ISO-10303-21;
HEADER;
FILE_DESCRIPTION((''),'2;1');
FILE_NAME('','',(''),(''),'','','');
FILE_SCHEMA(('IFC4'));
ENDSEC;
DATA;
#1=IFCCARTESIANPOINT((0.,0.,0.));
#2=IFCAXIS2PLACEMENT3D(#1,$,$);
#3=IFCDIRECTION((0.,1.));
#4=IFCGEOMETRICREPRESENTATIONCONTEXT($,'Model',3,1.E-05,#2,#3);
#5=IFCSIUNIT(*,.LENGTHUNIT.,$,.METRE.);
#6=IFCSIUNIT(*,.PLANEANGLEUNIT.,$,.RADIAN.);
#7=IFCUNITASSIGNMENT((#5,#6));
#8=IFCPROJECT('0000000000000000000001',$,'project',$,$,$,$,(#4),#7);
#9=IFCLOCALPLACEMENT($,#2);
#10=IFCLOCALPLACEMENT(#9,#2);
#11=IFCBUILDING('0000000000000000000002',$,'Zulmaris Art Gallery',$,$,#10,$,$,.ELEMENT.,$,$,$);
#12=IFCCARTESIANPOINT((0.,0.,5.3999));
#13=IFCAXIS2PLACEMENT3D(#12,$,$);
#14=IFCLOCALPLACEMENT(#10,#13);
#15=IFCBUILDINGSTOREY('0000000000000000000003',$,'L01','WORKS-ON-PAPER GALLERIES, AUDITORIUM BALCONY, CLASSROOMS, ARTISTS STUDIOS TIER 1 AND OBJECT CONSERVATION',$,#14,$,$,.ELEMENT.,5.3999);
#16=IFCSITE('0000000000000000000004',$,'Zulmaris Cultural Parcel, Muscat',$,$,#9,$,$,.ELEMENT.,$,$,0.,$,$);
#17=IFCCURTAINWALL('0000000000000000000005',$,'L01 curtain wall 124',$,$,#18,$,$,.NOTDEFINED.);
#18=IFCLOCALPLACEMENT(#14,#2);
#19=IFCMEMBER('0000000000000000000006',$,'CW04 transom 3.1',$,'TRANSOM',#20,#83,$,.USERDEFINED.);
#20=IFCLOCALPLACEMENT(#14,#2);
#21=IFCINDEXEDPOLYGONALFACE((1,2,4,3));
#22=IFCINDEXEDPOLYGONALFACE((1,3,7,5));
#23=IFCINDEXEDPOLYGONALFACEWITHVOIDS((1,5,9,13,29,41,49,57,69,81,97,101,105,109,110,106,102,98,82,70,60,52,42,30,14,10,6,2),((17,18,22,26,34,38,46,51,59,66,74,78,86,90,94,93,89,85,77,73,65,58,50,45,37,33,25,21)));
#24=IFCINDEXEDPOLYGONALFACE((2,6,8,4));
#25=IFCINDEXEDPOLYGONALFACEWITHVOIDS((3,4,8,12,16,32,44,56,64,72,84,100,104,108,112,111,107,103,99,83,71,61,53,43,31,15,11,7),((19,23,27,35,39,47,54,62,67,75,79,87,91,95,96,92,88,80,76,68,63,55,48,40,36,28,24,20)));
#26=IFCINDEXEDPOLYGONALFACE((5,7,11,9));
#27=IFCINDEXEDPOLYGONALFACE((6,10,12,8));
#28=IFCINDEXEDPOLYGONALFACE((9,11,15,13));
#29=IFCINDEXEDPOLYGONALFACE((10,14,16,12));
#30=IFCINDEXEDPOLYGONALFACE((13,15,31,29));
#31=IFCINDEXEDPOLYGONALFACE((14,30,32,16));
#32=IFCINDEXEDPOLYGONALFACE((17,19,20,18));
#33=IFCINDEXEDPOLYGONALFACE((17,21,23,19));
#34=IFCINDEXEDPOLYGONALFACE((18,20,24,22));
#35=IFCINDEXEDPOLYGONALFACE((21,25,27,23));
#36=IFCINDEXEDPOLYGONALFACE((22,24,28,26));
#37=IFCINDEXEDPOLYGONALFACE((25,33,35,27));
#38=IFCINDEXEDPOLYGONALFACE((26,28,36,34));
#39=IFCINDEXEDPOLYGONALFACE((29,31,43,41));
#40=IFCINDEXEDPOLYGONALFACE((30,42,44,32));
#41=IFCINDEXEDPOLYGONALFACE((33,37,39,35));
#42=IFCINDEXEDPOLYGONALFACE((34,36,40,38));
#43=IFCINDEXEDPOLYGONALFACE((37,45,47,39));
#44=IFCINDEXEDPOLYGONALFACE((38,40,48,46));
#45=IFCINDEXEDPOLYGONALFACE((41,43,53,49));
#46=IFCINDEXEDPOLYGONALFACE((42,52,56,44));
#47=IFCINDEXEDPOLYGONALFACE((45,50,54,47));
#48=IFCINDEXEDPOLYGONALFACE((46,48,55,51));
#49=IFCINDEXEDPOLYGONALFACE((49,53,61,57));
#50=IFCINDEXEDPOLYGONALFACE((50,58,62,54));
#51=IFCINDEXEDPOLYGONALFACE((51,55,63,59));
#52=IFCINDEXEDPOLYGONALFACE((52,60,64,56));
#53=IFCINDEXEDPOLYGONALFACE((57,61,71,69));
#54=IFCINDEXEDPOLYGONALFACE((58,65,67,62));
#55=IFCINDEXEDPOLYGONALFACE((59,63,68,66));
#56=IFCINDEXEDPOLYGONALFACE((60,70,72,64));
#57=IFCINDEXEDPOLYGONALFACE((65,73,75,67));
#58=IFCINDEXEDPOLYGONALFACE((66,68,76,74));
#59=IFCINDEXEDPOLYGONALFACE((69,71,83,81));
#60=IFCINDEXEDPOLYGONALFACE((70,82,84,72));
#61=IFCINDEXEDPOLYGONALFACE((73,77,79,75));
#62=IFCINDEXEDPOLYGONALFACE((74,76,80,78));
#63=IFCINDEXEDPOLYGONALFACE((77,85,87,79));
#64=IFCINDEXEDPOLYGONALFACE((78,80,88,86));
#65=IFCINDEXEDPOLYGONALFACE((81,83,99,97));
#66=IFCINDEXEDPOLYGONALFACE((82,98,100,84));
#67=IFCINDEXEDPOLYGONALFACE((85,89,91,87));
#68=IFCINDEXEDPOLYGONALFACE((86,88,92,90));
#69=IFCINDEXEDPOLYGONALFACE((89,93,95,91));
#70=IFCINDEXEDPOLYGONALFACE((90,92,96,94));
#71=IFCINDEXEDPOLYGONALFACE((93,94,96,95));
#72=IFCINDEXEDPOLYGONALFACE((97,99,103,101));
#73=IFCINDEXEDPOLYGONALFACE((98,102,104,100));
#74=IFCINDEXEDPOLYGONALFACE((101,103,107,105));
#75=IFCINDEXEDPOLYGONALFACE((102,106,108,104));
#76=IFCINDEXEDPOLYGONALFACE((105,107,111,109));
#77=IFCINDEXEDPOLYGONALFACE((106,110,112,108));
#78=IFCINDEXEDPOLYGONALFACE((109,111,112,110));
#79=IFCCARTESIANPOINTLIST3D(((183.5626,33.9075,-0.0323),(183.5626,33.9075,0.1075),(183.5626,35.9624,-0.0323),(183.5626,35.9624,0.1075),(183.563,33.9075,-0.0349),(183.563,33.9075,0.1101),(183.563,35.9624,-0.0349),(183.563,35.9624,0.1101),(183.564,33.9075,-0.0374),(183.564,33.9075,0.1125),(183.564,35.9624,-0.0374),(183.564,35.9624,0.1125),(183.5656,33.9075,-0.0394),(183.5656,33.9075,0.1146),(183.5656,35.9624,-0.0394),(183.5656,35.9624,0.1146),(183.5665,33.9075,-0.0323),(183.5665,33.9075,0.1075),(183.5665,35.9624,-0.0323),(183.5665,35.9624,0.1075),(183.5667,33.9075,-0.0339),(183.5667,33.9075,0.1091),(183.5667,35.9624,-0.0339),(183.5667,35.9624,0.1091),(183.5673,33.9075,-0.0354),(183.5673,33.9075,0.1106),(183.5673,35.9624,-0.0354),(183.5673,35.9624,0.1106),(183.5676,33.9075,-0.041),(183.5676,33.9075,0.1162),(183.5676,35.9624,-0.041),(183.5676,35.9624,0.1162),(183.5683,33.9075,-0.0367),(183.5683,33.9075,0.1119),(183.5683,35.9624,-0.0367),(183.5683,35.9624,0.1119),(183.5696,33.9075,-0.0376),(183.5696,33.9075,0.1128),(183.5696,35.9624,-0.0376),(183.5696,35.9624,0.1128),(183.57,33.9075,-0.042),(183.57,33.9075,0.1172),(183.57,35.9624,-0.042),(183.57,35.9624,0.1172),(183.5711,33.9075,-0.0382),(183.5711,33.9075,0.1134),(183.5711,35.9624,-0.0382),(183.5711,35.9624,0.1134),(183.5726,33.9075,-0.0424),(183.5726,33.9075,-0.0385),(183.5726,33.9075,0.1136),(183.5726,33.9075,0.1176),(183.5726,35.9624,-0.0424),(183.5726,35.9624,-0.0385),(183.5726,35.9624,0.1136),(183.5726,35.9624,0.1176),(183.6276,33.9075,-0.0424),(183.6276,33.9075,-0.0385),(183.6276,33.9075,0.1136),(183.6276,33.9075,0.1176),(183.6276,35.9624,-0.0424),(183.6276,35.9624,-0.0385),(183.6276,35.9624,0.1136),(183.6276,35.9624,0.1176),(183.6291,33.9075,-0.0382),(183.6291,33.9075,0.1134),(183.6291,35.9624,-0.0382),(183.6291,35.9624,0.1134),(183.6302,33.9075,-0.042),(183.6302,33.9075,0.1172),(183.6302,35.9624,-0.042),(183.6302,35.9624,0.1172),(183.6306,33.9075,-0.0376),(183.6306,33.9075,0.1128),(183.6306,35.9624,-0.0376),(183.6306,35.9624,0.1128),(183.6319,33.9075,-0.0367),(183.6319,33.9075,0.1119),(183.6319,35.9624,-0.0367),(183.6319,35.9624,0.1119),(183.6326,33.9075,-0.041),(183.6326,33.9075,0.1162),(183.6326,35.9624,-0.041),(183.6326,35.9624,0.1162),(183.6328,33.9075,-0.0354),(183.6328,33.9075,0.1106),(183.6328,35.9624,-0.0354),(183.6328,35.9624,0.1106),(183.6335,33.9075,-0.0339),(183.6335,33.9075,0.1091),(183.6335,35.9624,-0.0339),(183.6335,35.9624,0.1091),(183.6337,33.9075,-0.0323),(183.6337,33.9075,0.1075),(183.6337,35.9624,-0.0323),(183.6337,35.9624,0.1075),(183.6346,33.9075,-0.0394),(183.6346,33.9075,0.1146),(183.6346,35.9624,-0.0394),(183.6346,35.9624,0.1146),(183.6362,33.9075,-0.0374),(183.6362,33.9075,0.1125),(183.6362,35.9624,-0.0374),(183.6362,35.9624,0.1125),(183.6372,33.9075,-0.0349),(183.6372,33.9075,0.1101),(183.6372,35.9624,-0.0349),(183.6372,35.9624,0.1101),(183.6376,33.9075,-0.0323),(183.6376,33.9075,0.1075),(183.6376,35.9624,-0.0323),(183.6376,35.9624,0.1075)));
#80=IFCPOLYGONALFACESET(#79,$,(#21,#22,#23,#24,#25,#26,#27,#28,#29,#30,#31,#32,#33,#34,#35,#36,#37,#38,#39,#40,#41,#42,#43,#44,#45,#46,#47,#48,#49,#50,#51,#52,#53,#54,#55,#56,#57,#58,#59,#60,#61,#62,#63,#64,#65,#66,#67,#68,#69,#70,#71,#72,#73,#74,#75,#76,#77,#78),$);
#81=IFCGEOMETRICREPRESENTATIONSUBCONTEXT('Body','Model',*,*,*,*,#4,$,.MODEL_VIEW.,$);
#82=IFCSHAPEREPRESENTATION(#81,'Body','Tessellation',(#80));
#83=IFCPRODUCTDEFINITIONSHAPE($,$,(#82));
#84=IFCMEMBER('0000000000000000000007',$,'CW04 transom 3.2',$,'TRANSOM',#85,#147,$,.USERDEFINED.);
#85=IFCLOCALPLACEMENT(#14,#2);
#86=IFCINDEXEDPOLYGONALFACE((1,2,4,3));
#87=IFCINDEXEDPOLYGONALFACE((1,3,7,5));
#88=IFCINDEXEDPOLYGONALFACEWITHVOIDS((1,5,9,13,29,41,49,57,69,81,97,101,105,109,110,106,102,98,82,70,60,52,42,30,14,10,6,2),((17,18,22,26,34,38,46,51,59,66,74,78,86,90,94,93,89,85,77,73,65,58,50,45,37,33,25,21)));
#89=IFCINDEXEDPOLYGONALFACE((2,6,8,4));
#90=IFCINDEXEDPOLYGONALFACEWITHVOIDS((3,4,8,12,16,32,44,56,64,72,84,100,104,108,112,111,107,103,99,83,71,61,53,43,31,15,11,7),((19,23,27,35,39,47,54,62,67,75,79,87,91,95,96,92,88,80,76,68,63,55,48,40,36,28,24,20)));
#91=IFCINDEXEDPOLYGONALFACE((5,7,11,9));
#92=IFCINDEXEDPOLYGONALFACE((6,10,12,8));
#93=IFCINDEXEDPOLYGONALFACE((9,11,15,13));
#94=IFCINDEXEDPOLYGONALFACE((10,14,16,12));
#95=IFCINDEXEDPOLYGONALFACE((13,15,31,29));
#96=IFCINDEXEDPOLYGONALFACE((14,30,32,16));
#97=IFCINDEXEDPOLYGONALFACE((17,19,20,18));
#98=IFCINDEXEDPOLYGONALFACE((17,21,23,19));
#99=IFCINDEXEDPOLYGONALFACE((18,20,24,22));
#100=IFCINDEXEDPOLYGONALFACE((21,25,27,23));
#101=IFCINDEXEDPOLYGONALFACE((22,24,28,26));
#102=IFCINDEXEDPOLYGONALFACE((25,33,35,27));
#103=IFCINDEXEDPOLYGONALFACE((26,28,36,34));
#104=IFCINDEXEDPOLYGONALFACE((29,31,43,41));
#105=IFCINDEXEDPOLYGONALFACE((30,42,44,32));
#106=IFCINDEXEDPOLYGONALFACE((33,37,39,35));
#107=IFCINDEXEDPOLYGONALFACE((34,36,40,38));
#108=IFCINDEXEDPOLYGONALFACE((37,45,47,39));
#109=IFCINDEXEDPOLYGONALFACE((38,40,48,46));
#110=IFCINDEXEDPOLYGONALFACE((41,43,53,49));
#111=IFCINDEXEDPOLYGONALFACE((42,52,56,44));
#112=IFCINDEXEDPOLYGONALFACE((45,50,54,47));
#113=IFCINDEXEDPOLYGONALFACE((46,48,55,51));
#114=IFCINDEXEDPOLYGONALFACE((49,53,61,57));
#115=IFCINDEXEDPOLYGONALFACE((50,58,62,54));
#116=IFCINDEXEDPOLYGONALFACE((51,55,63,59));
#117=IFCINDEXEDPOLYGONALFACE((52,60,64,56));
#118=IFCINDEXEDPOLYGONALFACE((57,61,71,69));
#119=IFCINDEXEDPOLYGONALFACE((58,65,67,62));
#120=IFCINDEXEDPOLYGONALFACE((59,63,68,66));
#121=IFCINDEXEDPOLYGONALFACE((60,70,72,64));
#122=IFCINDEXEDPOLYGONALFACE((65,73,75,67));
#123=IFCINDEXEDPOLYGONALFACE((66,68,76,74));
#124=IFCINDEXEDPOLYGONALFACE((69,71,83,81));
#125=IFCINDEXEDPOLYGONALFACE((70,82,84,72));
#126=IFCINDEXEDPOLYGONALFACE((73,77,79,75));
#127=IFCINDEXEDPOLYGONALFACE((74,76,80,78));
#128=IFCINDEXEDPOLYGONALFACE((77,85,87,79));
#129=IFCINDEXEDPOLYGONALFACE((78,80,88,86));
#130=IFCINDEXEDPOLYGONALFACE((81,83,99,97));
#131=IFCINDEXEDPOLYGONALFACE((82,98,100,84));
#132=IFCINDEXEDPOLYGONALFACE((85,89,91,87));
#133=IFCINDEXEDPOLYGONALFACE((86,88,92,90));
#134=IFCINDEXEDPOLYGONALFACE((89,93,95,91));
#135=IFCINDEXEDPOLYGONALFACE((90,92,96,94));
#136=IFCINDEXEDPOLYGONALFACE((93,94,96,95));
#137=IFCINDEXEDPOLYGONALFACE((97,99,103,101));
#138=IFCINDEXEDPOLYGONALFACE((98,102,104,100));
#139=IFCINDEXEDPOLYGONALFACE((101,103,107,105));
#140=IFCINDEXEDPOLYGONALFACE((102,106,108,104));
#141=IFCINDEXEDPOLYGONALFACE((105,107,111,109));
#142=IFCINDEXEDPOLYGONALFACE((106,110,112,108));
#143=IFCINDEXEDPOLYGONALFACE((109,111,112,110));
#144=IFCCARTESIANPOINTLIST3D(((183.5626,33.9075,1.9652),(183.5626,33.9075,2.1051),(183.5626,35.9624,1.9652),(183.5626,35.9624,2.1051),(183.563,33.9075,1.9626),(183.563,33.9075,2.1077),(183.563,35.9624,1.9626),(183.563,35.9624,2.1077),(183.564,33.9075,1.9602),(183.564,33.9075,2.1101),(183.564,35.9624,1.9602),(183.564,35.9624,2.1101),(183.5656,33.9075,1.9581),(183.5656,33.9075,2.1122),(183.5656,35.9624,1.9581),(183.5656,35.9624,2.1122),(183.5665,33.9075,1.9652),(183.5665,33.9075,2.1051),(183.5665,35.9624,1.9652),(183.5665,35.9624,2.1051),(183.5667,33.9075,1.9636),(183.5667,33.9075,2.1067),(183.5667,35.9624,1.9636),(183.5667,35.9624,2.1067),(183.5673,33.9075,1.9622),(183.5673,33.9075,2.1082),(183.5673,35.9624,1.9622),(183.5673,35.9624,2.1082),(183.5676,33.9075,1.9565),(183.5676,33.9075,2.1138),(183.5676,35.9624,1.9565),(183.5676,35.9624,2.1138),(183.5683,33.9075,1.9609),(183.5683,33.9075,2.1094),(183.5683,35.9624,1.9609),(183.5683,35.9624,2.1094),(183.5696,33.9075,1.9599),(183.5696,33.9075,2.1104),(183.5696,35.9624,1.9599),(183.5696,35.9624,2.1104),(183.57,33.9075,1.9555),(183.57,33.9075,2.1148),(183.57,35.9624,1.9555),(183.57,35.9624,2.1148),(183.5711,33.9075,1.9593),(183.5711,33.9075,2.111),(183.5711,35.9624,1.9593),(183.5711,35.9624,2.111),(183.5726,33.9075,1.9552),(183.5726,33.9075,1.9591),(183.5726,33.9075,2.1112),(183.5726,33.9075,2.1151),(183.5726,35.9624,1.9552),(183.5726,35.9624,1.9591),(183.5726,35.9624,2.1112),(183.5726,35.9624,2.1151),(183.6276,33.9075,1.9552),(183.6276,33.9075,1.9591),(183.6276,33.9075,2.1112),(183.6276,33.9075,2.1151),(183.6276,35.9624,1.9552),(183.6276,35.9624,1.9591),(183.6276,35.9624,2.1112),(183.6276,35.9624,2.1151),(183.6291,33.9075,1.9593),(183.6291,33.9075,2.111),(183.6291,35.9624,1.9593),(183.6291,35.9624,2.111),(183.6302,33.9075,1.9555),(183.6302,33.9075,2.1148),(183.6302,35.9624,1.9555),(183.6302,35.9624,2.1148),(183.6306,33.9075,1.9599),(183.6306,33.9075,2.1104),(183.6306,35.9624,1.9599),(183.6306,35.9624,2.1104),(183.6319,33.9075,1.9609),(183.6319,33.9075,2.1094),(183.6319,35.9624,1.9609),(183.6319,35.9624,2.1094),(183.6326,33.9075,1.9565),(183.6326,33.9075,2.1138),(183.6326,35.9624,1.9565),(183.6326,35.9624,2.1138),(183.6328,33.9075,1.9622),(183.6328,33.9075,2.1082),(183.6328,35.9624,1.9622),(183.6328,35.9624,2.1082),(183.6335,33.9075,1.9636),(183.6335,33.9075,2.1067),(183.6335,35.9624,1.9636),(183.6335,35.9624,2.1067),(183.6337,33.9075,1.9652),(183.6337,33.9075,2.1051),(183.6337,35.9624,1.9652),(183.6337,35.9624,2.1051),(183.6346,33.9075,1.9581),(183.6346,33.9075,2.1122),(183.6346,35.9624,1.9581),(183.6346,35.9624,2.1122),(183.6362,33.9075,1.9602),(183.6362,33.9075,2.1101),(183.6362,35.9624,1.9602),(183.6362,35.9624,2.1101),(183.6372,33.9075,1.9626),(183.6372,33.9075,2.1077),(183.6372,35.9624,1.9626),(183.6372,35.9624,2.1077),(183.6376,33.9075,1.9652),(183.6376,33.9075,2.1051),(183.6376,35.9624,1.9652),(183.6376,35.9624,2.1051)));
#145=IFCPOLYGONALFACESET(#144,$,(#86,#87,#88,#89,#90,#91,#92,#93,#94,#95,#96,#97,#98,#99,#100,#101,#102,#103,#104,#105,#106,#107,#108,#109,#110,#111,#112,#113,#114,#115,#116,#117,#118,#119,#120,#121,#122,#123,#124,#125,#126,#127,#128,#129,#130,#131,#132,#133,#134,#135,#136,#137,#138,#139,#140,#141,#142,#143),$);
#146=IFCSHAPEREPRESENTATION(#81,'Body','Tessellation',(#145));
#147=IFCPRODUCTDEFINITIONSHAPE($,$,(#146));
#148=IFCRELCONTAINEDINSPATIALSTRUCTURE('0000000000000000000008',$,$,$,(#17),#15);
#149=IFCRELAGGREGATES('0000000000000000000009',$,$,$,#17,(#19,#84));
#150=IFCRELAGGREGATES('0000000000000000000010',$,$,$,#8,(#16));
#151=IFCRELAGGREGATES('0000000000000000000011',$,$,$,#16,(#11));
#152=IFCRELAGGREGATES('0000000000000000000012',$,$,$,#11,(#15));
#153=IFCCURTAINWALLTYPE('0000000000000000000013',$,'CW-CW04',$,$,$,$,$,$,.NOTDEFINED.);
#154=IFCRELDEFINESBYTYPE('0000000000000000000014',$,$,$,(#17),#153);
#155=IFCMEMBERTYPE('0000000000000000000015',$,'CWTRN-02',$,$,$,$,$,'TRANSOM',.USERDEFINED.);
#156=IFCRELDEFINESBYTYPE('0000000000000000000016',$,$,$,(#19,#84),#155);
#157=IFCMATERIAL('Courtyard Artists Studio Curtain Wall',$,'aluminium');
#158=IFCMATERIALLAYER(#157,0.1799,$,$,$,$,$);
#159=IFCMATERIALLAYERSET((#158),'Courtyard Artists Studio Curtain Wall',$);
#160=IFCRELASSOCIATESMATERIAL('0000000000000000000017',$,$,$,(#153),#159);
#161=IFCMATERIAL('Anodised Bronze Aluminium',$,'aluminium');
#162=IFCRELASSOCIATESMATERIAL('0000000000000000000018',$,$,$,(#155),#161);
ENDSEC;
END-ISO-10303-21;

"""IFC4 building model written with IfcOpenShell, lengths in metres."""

from ifc_helpers import new_model, si_unit, direction, frame, origin, origin_2d, place, context, subcontext, project, spatial, hollow_rectangle, extrude, material, layer, layer_set, material_profile, profile_set, type_object, element, aggregate, save


model = new_model("IFC4")

# Units and contexts
model_context = context("Model", 3, precision=1e-05, world=origin(), true_north=direction((0.0, 1.0)))
body_context = subcontext(model_context, "Body", "Model", "MODEL_VIEW")
ifc_project = project(units=[si_unit("LENGTHUNIT", "METRE"), si_unit("PLANEANGLEUNIT", "RADIAN")], contexts=[model_context])

# Site, building, storey
site_placement = place(None, origin())
site = spatial("IfcSite", under=ifc_project, at=site_placement, Name="Zulmaris Cultural Parcel, Muscat", CompositionType="ELEMENT", RefElevation=0.0)
building_placement = place(site_placement, origin())
building = spatial("IfcBuilding", under=site, at=building_placement, Name="Zulmaris Art Gallery", CompositionType="ELEMENT")
storey_placement = place(building_placement, frame((0.0, 0.0, 5.3999)))
storey = spatial("IfcBuildingStorey", under=building, at=storey_placement, Name="L01", Description="WORKS-ON-PAPER GALLERIES, AUDITORIUM BALCONY, CLASSROOMS, ARTISTS STUDIOS TIER 1 AND OBJECT CONSERVATION", CompositionType="ELEMENT", Elevation=5.3999)

# Curtain wall
ifc_material_1 = material(Name="Courtyard Artists Studio Curtain Wall", Category="aluminium")
ifc_layer_1 = layer(ifc_material_1, 0.1799)
ifc_layer_set_1 = layer_set([ifc_layer_1], Name="Courtyard Artists Studio Curtain Wall")
curtain_wall_type = type_object("IfcCurtainWallType", Name="CW-CW04", PredefinedType="NOTDEFINED", material=ifc_layer_set_1)
curtain_wall_1_placement = place(storey_placement, origin())
curtain_wall_1 = element("IfcCurtainWall", 1, at=curtain_wall_1_placement, inside=storey, type_object=curtain_wall_type, Name="L01 curtain wall 124", PredefinedType="NOTDEFINED")
ifc_material_2 = material(Name="Anodised Bronze Aluminium", Category="aluminium")

# Members
ifc_material_profile_1 = material_profile(ifc_material_2, hollow_rectangle(XDim=0.075, YDim=0.1599, WallThickness=0.0039, InnerFilletRadius=0.0061, OuterFilletRadius=0.01, at=origin_2d()), Name="ALU 75x160x4")
ifc_profile_set_1 = profile_set([ifc_material_profile_1], Name="Anodised Bronze Aluminium")
member_type_1 = type_object("IfcMemberType", Name="CWTRN-02", ElementType="TRANSOM", PredefinedType="USERDEFINED", material=ifc_profile_set_1)
member_1_placement = place(storey_placement, frame((183.6001, 35.9624, 0.0376), z_axis=(0.0, -1.0, 0.0), x_axis=(1.0, 0.0, 0.0)))
member_1 = element("IfcMember", 2, at=member_1_placement, type_object=member_type_1, Name="CW04 transom 3.1", ObjectType="TRANSOM", PredefinedType="USERDEFINED", context=body_context, shape_type="SweptSolid", body=[
    extrude(hollow_rectangle(XDim=0.075, YDim=0.1599, WallThickness=0.0039, InnerFilletRadius=0.0061, OuterFilletRadius=0.01, at=origin_2d()), origin(), (0.0, 0.0, 1.0), 2.0549),
])
member_2_placement = place(storey_placement, frame((183.6001, 35.9624, 2.0352), z_axis=(0.0, -1.0, 0.0), x_axis=(1.0, 0.0, 0.0)))
member_2 = element("IfcMember", 3, at=member_2_placement, type_object=member_type_1, Name="CW04 transom 3.2", ObjectType="TRANSOM", PredefinedType="USERDEFINED", context=body_context, shape_type="SweptSolid", body=[
    extrude(hollow_rectangle(XDim=0.075, YDim=0.1599, WallThickness=0.0039, InnerFilletRadius=0.0061, OuterFilletRadius=0.01, at=origin_2d()), origin(), (0.0, 0.0, 1.0), 2.0549),
])

aggregate(curtain_wall_1, [member_1, member_2])

save(model, "model.ifc")
